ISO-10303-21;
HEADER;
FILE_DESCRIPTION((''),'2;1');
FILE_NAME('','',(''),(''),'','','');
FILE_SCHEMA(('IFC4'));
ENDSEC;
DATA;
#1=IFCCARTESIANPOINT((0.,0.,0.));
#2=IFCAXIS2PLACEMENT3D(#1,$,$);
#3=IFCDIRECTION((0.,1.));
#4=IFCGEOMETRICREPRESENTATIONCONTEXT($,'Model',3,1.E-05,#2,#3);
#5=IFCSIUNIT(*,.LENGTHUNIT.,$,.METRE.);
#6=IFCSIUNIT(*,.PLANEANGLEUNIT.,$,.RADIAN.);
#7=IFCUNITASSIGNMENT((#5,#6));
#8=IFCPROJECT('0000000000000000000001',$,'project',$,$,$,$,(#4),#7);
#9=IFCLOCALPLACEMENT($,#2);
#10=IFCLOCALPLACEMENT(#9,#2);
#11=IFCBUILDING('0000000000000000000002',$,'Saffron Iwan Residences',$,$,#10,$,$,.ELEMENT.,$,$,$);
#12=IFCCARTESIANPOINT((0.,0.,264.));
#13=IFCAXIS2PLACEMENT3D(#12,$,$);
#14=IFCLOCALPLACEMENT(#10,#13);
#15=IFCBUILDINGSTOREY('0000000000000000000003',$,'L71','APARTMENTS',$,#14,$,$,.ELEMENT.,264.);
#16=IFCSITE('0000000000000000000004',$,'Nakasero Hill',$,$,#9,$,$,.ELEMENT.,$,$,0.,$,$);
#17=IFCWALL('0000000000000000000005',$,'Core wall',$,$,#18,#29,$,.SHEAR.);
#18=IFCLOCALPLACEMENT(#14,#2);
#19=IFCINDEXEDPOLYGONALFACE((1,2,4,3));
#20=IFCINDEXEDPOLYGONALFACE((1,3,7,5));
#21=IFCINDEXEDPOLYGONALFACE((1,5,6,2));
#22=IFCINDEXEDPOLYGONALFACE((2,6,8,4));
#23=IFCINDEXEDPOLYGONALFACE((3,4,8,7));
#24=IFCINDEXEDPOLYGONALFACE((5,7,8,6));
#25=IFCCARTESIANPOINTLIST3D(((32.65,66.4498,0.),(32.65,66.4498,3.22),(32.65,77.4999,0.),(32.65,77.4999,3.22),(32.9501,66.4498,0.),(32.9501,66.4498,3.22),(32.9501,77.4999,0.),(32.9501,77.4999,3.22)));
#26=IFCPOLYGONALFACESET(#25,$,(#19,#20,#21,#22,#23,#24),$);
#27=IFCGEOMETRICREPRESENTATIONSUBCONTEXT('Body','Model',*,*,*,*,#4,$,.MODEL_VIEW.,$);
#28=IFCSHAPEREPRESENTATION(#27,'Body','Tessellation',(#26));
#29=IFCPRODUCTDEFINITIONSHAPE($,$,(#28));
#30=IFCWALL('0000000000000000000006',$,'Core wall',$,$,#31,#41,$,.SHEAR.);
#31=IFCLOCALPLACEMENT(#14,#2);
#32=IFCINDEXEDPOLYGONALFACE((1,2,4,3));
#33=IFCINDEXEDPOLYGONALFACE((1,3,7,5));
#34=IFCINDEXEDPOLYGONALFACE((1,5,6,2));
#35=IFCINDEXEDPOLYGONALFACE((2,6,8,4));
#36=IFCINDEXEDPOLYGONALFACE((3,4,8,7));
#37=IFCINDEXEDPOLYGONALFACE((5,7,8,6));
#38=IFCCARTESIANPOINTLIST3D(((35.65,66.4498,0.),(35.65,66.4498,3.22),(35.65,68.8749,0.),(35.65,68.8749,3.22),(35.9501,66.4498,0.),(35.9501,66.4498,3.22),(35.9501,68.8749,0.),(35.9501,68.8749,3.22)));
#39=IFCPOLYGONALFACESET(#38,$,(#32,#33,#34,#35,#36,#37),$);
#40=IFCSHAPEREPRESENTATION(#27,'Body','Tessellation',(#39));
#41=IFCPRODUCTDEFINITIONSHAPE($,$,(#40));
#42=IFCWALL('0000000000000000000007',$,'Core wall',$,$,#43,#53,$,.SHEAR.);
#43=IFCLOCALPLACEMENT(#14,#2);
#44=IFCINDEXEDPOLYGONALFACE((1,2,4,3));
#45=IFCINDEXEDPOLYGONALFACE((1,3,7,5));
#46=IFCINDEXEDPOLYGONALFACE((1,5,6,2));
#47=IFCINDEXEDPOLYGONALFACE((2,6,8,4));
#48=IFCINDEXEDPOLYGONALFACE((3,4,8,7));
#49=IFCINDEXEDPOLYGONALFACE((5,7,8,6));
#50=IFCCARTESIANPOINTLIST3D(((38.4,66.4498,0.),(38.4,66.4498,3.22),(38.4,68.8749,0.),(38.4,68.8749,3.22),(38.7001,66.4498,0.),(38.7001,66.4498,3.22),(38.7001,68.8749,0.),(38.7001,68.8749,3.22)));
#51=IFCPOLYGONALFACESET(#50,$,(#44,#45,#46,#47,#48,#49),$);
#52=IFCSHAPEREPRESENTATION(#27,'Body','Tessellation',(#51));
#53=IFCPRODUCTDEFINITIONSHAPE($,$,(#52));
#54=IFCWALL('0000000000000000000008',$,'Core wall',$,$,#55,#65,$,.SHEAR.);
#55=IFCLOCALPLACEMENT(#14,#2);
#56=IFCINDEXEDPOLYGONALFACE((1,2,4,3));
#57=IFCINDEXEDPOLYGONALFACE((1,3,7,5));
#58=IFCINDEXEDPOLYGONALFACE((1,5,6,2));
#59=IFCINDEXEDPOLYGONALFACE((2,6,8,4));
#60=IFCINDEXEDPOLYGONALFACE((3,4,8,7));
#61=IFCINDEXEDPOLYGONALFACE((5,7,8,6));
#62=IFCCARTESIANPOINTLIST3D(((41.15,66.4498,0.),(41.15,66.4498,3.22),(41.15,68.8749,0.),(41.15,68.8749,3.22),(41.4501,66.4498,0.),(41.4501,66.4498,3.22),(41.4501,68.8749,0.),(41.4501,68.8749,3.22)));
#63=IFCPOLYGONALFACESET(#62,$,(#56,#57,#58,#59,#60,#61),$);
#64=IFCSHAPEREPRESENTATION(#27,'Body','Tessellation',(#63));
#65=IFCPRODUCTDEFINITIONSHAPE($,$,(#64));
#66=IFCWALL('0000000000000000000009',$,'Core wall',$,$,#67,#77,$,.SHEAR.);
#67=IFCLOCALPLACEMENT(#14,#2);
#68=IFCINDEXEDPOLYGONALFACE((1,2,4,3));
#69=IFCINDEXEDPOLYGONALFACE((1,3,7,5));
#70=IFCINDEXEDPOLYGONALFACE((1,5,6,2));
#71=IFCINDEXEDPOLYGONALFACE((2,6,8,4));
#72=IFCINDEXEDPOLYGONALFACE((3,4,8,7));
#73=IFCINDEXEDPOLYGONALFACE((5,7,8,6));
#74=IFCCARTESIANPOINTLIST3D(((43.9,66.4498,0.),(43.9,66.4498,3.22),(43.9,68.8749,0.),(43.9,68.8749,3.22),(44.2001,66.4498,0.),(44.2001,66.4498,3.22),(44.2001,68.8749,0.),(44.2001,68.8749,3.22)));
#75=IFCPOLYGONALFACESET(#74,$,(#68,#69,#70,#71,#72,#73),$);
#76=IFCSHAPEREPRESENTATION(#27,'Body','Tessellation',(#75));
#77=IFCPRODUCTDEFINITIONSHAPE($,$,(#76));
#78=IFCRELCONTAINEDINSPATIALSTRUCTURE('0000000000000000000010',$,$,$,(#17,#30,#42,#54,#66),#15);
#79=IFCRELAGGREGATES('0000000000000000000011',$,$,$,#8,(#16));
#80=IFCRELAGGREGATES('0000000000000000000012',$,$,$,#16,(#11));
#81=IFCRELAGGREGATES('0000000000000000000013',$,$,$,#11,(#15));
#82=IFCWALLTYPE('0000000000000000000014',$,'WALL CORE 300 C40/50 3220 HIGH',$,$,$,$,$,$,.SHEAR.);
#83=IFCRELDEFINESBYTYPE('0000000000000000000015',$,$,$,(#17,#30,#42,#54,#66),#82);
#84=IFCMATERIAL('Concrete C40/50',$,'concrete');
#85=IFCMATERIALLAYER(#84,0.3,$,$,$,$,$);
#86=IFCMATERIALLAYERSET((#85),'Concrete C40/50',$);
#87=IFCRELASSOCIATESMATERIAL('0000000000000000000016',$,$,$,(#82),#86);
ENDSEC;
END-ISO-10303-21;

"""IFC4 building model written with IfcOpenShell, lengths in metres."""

from ifc_helpers import new_model, si_unit, direction, frame, frame_2d, origin, place, context, subcontext, project, spatial, rectangle, extrude, material, layer, layer_set, type_object, element, save


model = new_model("IFC4")

# Units and contexts
model_context = context("Model", 3, precision=1e-05, world=origin(), true_north=direction((0.0, 1.0)))
body_context = subcontext(model_context, "Body", "Model", "MODEL_VIEW")
ifc_project = project(units=[si_unit("LENGTHUNIT", "METRE"), si_unit("PLANEANGLEUNIT", "RADIAN")], contexts=[model_context])

# Site, building, storey
site_placement = place(None, origin())
site = spatial("IfcSite", under=ifc_project, at=site_placement, Name="Nakasero Hill", CompositionType="ELEMENT", RefElevation=0.0)
building_placement = place(site_placement, origin())
building = spatial("IfcBuilding", under=site, at=building_placement, Name="Saffron Iwan Residences", CompositionType="ELEMENT")
storey_placement = place(building_placement, frame((0.0, 0.0, 264.0)))
storey = spatial("IfcBuildingStorey", under=building, at=storey_placement, Name="L71", Description="APARTMENTS", CompositionType="ELEMENT", Elevation=264.0)

# Shared definitions
ifc_material_1 = material(Name="Concrete C40/50", Category="concrete")

# Shared definitions
ifc_layer_1 = layer(ifc_material_1, 0.3)
ifc_layer_set_1 = layer_set([ifc_layer_1], Name="Concrete C40/50")
wall_type_1 = type_object("IfcWallType", Name="WALL CORE 300 C40/50 3220 HIGH", PredefinedType="SHEAR", material=ifc_layer_set_1)

# Walls
wall_1_placement = place(storey_placement, frame((32.8, 66.45, 0.0), z_axis=(0.0, 0.0, 1.0), x_axis=(0.0, 1.0, 0.0)))
element("IfcWall", 1, at=wall_1_placement, inside=storey, type_object=wall_type_1, Name="Core wall", PredefinedType="SHEAR", context=body_context, shape_type="SweptSolid", body=[
    extrude(rectangle(XDim=11.05, YDim=0.3, at=frame_2d((5.5249, 0.0))), origin(), (0.0, 0.0, 1.0), 3.22),
])
for number, where, z_axis, x_axis, name in (
    (2, (35.8, 66.45, 0.0), (0.0, 0.0, 1.0), (0.0, 1.0, 0.0), "Core wall"),
    (3, (38.55, 66.45, 0.0), (0.0, 0.0, 1.0), (0.0, 1.0, 0.0), "Core wall"),
    (4, (41.3, 66.45, 0.0), (0.0, 0.0, 1.0), (0.0, 1.0, 0.0), "Core wall"),
    (5, (44.05, 66.45, 0.0), (0.0, 0.0, 1.0), (0.0, 1.0, 0.0), "Core wall"),
):
    element("IfcWall", number, at=place(storey_placement, frame(where, z_axis=z_axis, x_axis=x_axis)), inside=storey, type_object=wall_type_1, Name=name, PredefinedType="SHEAR", context=body_context, shape_type="SweptSolid", body=[
        extrude(rectangle(XDim=2.425, YDim=0.3, at=frame_2d((1.2124, 0.0))), origin(), (0.0, 0.0, 1.0), 3.22),
    ])

save(model, "model.ifc")
